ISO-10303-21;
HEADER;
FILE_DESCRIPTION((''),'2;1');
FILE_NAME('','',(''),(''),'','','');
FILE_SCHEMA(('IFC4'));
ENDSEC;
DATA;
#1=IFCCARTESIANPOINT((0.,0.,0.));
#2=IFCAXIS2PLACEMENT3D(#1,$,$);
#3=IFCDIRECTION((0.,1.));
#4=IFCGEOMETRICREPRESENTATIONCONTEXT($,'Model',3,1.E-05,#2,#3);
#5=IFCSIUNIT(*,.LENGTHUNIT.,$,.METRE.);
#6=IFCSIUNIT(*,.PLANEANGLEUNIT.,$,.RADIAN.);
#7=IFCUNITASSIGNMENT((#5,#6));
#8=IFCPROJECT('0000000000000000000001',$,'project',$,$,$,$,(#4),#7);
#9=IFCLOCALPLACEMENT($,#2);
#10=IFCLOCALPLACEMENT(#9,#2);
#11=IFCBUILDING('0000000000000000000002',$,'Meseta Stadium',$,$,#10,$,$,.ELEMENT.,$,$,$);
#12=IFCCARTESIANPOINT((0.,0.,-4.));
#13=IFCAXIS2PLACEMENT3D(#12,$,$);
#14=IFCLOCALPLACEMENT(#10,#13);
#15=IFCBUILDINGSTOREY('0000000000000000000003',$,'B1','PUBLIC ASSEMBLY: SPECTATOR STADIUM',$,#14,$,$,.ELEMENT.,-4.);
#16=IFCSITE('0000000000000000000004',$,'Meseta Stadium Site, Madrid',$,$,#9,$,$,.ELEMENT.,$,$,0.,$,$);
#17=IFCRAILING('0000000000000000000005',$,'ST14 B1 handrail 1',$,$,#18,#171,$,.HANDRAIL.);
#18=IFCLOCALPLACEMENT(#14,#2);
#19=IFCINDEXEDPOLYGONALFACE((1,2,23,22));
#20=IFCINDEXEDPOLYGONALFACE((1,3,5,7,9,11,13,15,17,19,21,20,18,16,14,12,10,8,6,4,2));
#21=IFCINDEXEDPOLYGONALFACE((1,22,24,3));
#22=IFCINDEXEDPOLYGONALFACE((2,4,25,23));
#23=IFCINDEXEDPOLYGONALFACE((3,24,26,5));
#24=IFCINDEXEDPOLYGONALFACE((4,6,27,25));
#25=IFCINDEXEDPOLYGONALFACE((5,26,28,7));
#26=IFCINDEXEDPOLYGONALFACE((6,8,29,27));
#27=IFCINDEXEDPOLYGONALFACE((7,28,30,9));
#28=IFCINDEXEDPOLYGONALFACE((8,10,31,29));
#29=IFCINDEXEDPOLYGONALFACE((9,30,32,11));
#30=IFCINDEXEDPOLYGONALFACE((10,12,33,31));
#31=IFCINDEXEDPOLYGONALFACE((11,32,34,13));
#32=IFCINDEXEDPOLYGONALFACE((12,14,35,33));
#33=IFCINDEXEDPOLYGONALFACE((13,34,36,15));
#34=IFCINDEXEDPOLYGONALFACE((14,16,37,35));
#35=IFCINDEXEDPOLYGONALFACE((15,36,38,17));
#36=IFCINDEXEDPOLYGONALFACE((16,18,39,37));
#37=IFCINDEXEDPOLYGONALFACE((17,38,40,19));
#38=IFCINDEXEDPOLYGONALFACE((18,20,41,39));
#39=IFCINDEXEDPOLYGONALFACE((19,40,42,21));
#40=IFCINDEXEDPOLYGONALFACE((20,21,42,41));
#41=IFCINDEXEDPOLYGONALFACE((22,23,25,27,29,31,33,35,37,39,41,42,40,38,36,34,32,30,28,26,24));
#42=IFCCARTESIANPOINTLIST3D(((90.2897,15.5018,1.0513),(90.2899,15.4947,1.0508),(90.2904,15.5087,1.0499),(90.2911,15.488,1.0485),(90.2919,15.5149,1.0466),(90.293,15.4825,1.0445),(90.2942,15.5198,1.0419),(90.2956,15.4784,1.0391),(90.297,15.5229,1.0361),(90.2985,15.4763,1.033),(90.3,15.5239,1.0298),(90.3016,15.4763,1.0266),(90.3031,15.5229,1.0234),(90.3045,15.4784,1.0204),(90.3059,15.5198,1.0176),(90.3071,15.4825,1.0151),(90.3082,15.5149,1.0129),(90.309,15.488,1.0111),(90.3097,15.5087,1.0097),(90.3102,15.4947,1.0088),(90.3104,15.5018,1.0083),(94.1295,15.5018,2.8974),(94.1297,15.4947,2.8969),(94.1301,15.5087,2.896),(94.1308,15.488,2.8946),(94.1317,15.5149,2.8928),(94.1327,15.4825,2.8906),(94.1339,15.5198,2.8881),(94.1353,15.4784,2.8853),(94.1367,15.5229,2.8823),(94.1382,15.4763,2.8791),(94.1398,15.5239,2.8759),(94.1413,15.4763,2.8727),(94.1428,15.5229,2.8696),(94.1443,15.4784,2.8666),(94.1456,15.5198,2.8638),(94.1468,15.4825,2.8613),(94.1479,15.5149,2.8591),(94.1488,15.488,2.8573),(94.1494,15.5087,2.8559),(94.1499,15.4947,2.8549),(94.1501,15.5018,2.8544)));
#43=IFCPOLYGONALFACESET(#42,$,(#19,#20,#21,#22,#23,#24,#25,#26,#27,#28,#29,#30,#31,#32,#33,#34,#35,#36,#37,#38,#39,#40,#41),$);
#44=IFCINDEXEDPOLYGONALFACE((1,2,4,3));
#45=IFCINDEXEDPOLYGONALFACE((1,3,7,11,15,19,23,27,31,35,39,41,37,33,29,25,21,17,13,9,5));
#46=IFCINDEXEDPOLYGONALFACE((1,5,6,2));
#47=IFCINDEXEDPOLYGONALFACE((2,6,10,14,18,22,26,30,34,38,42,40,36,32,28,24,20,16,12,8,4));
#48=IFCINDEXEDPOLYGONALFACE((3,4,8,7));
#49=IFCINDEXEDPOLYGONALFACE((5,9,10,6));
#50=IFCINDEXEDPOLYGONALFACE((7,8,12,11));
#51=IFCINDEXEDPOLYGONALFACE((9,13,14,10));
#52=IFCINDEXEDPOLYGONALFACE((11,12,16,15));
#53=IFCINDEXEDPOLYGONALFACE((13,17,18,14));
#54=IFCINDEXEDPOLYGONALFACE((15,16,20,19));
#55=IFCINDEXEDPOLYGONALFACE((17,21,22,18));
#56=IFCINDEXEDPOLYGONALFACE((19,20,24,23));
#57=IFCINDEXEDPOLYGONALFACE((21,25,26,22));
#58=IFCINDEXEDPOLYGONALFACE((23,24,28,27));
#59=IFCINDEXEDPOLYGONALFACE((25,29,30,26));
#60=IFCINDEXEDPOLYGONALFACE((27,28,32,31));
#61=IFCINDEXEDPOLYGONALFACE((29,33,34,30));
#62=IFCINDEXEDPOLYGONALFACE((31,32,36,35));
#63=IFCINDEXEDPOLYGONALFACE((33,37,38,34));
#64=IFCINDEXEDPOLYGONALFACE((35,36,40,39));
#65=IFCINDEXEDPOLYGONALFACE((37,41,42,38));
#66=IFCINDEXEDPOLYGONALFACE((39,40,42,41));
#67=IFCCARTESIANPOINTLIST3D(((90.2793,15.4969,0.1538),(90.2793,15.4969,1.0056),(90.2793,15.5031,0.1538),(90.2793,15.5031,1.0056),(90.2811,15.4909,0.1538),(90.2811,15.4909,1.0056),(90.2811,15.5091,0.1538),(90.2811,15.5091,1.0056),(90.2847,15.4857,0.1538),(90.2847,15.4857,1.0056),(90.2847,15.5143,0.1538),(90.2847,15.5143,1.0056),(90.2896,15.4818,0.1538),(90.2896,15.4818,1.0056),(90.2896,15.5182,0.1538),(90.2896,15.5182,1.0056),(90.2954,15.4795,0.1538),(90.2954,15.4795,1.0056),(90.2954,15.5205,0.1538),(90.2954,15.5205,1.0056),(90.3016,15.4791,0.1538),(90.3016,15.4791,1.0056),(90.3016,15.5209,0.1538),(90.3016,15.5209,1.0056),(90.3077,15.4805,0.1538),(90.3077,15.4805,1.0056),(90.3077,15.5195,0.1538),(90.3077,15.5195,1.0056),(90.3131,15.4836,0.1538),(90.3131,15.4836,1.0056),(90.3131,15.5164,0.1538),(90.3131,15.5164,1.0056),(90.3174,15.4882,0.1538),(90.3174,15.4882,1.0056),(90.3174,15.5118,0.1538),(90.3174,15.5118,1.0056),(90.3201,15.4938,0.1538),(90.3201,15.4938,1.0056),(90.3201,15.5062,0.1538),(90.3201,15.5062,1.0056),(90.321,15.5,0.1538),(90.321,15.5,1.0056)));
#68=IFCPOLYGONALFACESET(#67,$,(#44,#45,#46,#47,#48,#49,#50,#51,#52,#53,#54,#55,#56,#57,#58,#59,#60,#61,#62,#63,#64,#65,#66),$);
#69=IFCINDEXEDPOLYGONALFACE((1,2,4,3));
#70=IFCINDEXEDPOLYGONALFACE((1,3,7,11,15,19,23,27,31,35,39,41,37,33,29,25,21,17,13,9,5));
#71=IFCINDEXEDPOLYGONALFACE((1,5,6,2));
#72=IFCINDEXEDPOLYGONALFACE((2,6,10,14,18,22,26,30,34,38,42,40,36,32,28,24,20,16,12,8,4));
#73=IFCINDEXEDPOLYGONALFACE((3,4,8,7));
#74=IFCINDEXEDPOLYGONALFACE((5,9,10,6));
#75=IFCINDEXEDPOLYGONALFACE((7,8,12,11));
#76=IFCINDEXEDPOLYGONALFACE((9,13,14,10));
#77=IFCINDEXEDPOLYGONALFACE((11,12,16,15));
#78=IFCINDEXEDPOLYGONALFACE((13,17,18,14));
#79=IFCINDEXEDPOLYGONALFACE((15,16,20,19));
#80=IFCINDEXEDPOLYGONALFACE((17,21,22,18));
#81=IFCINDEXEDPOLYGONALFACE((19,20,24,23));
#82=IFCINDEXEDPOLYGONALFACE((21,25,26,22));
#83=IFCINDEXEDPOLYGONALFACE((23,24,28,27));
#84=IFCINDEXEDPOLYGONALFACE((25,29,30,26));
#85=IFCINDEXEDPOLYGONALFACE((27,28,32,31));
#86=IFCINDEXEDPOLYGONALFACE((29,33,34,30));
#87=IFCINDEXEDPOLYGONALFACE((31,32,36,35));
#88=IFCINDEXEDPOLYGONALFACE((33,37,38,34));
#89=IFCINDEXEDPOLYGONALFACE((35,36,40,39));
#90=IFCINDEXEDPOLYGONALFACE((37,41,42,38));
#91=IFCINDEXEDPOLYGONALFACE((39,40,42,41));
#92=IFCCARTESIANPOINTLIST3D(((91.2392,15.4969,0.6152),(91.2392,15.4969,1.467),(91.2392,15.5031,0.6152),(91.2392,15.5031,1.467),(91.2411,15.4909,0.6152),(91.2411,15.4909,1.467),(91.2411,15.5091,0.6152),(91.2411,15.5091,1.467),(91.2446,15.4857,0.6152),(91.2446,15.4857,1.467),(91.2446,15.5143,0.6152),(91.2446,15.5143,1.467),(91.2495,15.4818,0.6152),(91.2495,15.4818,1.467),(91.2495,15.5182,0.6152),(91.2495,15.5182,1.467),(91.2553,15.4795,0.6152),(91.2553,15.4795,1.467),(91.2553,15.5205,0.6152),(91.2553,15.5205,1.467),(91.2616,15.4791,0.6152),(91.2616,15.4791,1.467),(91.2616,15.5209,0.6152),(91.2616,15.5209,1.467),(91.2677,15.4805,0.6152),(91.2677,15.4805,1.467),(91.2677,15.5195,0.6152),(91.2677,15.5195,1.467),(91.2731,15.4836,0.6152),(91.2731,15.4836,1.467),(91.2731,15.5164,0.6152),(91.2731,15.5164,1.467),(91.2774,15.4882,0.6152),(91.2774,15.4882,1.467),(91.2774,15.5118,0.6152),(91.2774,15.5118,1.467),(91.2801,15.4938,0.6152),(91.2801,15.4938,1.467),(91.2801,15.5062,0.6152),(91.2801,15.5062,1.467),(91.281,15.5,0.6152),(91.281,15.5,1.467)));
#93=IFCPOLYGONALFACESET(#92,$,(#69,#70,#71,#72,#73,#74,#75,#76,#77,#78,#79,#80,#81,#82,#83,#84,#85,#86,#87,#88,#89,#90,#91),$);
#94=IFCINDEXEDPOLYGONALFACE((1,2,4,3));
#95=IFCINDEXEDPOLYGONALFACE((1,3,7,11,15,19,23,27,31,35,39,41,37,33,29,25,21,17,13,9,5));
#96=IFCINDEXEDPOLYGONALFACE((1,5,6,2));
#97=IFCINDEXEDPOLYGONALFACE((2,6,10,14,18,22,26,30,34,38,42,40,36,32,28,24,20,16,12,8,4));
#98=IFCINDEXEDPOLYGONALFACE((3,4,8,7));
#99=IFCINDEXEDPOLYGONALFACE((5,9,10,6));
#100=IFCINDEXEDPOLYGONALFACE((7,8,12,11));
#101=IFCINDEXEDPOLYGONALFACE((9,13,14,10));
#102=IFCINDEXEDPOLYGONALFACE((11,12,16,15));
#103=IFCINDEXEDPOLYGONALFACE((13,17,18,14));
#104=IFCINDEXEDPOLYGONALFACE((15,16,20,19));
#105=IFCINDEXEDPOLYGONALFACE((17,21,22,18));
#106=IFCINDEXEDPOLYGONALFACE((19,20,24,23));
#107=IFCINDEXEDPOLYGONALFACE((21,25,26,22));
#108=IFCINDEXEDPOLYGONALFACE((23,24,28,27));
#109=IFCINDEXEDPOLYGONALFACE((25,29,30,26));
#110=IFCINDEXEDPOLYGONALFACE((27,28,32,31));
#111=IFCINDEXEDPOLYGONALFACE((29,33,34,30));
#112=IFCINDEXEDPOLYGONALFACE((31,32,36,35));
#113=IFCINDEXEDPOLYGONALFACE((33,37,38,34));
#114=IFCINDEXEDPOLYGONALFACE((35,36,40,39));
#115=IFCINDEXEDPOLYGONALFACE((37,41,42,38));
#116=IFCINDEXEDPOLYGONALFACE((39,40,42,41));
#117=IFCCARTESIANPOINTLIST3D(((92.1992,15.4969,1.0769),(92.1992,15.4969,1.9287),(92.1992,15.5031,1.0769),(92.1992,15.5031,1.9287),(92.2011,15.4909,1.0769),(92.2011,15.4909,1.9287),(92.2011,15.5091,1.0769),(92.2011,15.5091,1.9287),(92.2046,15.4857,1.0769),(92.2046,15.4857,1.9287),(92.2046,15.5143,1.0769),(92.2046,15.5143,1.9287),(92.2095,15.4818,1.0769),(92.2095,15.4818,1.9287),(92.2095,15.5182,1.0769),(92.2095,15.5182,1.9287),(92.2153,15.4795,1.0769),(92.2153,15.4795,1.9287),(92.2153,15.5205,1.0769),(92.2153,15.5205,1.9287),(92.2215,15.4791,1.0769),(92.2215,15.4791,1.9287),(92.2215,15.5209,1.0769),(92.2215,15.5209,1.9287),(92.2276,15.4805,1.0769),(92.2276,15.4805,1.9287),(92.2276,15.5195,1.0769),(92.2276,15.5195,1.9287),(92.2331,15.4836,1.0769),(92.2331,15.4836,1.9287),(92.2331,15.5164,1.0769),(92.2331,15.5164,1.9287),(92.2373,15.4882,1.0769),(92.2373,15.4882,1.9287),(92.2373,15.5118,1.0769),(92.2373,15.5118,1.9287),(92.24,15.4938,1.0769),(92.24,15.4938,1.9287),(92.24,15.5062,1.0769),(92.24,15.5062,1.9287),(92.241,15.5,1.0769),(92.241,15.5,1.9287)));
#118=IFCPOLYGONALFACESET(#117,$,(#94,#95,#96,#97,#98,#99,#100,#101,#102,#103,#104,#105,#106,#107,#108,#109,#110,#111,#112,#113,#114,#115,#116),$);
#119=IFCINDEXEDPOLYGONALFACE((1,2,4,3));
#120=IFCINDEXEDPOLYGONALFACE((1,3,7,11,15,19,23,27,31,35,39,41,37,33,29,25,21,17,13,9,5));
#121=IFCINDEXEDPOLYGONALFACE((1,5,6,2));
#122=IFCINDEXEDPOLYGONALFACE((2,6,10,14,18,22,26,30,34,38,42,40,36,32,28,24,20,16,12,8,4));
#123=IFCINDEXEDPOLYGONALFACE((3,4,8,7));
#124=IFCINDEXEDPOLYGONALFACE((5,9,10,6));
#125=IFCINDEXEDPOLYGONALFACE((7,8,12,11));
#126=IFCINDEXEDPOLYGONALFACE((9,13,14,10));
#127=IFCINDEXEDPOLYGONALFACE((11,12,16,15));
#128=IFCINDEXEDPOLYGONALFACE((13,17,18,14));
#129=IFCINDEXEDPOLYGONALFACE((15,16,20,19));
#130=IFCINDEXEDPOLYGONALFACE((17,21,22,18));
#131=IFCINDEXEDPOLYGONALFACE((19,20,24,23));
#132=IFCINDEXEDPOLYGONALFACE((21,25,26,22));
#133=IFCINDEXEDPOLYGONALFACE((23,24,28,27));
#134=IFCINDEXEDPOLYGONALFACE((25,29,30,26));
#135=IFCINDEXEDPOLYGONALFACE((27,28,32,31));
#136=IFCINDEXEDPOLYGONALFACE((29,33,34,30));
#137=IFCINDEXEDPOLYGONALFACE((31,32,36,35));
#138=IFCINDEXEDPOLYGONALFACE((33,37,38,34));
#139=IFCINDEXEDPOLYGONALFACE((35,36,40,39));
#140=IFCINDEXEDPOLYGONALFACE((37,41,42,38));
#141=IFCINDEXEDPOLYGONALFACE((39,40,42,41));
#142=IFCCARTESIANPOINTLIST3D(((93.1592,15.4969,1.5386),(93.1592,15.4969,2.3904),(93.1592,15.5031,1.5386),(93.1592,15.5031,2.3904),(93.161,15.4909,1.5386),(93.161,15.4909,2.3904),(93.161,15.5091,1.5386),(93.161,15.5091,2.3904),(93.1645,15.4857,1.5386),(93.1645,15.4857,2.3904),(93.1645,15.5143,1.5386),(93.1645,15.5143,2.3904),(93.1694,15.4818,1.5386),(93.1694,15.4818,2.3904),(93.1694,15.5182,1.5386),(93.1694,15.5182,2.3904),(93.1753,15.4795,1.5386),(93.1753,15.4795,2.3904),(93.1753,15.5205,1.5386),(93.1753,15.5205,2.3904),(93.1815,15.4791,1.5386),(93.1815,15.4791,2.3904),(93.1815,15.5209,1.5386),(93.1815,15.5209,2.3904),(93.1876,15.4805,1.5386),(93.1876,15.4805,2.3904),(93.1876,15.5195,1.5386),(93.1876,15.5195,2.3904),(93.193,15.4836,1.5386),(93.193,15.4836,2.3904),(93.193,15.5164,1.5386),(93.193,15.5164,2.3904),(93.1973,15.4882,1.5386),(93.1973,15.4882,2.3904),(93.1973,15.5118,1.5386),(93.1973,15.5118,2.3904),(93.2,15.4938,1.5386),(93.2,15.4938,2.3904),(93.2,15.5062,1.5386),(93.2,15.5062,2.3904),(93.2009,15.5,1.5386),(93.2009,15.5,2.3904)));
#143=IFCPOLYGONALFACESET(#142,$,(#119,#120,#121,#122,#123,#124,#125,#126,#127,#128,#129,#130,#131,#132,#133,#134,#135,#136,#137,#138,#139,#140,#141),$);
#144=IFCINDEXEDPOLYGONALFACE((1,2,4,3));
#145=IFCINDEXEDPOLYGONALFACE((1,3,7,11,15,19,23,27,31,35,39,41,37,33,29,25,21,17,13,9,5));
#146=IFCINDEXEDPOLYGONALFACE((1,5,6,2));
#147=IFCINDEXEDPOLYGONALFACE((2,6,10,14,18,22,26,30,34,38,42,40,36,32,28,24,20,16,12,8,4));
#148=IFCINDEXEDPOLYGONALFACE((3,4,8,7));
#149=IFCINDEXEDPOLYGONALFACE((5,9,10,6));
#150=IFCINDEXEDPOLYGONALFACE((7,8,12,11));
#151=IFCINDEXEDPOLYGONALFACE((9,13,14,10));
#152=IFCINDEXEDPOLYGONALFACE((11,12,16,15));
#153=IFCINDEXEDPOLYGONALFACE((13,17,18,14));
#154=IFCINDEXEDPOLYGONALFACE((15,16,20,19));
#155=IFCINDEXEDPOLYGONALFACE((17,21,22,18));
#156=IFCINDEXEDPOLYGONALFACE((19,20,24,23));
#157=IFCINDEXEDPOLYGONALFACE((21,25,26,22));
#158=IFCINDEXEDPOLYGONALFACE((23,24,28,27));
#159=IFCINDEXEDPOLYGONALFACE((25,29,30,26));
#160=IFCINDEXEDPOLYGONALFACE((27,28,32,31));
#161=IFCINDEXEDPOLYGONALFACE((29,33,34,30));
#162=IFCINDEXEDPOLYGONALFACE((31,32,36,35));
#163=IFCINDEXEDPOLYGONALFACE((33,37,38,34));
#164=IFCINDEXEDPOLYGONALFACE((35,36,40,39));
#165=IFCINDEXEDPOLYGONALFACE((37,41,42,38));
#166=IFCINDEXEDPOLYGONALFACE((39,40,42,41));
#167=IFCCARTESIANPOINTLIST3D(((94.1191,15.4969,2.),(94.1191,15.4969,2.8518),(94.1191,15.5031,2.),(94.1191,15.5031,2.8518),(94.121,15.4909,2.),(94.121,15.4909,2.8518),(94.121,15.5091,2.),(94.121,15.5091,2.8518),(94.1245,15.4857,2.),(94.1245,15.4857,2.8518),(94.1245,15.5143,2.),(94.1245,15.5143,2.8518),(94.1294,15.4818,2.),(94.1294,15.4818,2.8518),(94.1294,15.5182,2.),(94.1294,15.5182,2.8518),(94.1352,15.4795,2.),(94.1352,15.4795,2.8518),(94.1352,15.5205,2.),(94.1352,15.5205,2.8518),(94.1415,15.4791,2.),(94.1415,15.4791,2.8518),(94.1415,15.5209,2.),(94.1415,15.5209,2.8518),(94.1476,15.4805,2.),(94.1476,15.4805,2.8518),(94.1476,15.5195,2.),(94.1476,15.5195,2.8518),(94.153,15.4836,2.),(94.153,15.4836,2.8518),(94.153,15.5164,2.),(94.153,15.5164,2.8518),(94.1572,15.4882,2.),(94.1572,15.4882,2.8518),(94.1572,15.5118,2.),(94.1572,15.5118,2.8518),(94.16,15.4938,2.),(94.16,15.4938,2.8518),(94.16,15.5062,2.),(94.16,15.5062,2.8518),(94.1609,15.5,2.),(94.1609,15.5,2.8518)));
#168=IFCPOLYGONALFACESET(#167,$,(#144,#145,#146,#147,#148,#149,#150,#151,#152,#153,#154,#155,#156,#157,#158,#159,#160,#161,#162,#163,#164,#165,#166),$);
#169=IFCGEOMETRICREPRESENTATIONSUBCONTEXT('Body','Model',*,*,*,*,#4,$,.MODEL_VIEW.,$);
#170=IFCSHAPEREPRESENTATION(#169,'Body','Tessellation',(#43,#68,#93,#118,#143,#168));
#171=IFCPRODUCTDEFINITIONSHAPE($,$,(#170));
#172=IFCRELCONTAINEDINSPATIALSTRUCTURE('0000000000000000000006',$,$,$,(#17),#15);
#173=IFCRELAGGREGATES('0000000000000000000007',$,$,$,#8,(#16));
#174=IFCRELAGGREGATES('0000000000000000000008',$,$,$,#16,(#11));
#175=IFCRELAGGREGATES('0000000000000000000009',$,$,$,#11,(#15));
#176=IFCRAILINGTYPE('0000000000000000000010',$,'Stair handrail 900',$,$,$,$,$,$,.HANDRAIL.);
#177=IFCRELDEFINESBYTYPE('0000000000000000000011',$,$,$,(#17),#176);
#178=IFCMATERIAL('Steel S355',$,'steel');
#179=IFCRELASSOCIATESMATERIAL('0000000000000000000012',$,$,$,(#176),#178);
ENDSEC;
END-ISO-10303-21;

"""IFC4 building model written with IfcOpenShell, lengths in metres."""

from ifc_helpers import new_model, si_unit, direction, frame, origin, origin_2d, place, context, subcontext, project, spatial, circle, extrude, material, type_object, element, save


model = new_model("IFC4")

# Units and contexts
model_context = context("Model", 3, precision=1e-05, world=origin(), true_north=direction((0.0, 1.0)))
body_context = subcontext(model_context, "Body", "Model", "MODEL_VIEW")
ifc_project = project(units=[si_unit("LENGTHUNIT", "METRE"), si_unit("PLANEANGLEUNIT", "RADIAN")], contexts=[model_context])

# Site, building, storey
site_placement = place(None, origin())
site = spatial("IfcSite", under=ifc_project, at=site_placement, Name="Meseta Stadium Site, Madrid", CompositionType="ELEMENT", RefElevation=0.0)
building_placement = place(site_placement, origin())
building = spatial("IfcBuilding", under=site, at=building_placement, Name="Meseta Stadium", CompositionType="ELEMENT")
storey_placement = place(building_placement, frame((0.0, 0.0, -4.0)))
storey = spatial("IfcBuildingStorey", under=building, at=storey_placement, Name="B1", Description="PUBLIC ASSEMBLY: SPECTATOR STADIUM", CompositionType="ELEMENT", Elevation=-4.0)

# Railing
ifc_material_1 = material(Name="Steel S355", Category="steel")
railing_type_1 = type_object("IfcRailingType", Name="Stair handrail 900", PredefinedType="HANDRAIL", material=ifc_material_1)
for number, where, name in (
    (1, (90.3, 15.5, 0.1538), "ST14 B1 handrail 1"),
):
    element("IfcRailing", number, at=place(storey_placement, frame(where)), inside=storey, type_object=railing_type_1, Name=name, PredefinedType="HANDRAIL", context=body_context, shape_type="SweptSolid", body=[
        extrude(circle(Radius=0.0239, at=origin_2d()), frame((0.0, 0.0, 0.876), z_axis=(0.901242, 0.0, 0.433316), x_axis=(0.0, 1.0, 0.0)), (0.0, 0.0, 1.0), 4.2605),
        extrude(circle(Radius=0.021, at=origin_2d()), origin(), (0.0, 0.0, 1.0), 0.8518),
        extrude(circle(Radius=0.021, at=origin_2d()), frame((0.96, 0.0, 0.4614)), (0.0, 0.0, 1.0), 0.8518),
        extrude(circle(Radius=0.021, at=origin_2d()), frame((1.9199, 0.0, 0.9231)), (0.0, 0.0, 1.0), 0.8518),
        extrude(circle(Radius=0.021, at=origin_2d()), frame((2.8799, 0.0, 1.3848)), (0.0, 0.0, 1.0), 0.8518),
        extrude(circle(Radius=0.021, at=origin_2d()), frame((3.8398, 0.0, 1.8462)), (0.0, 0.0, 1.0), 0.8518),
    ])

save(model, "model.ifc")
